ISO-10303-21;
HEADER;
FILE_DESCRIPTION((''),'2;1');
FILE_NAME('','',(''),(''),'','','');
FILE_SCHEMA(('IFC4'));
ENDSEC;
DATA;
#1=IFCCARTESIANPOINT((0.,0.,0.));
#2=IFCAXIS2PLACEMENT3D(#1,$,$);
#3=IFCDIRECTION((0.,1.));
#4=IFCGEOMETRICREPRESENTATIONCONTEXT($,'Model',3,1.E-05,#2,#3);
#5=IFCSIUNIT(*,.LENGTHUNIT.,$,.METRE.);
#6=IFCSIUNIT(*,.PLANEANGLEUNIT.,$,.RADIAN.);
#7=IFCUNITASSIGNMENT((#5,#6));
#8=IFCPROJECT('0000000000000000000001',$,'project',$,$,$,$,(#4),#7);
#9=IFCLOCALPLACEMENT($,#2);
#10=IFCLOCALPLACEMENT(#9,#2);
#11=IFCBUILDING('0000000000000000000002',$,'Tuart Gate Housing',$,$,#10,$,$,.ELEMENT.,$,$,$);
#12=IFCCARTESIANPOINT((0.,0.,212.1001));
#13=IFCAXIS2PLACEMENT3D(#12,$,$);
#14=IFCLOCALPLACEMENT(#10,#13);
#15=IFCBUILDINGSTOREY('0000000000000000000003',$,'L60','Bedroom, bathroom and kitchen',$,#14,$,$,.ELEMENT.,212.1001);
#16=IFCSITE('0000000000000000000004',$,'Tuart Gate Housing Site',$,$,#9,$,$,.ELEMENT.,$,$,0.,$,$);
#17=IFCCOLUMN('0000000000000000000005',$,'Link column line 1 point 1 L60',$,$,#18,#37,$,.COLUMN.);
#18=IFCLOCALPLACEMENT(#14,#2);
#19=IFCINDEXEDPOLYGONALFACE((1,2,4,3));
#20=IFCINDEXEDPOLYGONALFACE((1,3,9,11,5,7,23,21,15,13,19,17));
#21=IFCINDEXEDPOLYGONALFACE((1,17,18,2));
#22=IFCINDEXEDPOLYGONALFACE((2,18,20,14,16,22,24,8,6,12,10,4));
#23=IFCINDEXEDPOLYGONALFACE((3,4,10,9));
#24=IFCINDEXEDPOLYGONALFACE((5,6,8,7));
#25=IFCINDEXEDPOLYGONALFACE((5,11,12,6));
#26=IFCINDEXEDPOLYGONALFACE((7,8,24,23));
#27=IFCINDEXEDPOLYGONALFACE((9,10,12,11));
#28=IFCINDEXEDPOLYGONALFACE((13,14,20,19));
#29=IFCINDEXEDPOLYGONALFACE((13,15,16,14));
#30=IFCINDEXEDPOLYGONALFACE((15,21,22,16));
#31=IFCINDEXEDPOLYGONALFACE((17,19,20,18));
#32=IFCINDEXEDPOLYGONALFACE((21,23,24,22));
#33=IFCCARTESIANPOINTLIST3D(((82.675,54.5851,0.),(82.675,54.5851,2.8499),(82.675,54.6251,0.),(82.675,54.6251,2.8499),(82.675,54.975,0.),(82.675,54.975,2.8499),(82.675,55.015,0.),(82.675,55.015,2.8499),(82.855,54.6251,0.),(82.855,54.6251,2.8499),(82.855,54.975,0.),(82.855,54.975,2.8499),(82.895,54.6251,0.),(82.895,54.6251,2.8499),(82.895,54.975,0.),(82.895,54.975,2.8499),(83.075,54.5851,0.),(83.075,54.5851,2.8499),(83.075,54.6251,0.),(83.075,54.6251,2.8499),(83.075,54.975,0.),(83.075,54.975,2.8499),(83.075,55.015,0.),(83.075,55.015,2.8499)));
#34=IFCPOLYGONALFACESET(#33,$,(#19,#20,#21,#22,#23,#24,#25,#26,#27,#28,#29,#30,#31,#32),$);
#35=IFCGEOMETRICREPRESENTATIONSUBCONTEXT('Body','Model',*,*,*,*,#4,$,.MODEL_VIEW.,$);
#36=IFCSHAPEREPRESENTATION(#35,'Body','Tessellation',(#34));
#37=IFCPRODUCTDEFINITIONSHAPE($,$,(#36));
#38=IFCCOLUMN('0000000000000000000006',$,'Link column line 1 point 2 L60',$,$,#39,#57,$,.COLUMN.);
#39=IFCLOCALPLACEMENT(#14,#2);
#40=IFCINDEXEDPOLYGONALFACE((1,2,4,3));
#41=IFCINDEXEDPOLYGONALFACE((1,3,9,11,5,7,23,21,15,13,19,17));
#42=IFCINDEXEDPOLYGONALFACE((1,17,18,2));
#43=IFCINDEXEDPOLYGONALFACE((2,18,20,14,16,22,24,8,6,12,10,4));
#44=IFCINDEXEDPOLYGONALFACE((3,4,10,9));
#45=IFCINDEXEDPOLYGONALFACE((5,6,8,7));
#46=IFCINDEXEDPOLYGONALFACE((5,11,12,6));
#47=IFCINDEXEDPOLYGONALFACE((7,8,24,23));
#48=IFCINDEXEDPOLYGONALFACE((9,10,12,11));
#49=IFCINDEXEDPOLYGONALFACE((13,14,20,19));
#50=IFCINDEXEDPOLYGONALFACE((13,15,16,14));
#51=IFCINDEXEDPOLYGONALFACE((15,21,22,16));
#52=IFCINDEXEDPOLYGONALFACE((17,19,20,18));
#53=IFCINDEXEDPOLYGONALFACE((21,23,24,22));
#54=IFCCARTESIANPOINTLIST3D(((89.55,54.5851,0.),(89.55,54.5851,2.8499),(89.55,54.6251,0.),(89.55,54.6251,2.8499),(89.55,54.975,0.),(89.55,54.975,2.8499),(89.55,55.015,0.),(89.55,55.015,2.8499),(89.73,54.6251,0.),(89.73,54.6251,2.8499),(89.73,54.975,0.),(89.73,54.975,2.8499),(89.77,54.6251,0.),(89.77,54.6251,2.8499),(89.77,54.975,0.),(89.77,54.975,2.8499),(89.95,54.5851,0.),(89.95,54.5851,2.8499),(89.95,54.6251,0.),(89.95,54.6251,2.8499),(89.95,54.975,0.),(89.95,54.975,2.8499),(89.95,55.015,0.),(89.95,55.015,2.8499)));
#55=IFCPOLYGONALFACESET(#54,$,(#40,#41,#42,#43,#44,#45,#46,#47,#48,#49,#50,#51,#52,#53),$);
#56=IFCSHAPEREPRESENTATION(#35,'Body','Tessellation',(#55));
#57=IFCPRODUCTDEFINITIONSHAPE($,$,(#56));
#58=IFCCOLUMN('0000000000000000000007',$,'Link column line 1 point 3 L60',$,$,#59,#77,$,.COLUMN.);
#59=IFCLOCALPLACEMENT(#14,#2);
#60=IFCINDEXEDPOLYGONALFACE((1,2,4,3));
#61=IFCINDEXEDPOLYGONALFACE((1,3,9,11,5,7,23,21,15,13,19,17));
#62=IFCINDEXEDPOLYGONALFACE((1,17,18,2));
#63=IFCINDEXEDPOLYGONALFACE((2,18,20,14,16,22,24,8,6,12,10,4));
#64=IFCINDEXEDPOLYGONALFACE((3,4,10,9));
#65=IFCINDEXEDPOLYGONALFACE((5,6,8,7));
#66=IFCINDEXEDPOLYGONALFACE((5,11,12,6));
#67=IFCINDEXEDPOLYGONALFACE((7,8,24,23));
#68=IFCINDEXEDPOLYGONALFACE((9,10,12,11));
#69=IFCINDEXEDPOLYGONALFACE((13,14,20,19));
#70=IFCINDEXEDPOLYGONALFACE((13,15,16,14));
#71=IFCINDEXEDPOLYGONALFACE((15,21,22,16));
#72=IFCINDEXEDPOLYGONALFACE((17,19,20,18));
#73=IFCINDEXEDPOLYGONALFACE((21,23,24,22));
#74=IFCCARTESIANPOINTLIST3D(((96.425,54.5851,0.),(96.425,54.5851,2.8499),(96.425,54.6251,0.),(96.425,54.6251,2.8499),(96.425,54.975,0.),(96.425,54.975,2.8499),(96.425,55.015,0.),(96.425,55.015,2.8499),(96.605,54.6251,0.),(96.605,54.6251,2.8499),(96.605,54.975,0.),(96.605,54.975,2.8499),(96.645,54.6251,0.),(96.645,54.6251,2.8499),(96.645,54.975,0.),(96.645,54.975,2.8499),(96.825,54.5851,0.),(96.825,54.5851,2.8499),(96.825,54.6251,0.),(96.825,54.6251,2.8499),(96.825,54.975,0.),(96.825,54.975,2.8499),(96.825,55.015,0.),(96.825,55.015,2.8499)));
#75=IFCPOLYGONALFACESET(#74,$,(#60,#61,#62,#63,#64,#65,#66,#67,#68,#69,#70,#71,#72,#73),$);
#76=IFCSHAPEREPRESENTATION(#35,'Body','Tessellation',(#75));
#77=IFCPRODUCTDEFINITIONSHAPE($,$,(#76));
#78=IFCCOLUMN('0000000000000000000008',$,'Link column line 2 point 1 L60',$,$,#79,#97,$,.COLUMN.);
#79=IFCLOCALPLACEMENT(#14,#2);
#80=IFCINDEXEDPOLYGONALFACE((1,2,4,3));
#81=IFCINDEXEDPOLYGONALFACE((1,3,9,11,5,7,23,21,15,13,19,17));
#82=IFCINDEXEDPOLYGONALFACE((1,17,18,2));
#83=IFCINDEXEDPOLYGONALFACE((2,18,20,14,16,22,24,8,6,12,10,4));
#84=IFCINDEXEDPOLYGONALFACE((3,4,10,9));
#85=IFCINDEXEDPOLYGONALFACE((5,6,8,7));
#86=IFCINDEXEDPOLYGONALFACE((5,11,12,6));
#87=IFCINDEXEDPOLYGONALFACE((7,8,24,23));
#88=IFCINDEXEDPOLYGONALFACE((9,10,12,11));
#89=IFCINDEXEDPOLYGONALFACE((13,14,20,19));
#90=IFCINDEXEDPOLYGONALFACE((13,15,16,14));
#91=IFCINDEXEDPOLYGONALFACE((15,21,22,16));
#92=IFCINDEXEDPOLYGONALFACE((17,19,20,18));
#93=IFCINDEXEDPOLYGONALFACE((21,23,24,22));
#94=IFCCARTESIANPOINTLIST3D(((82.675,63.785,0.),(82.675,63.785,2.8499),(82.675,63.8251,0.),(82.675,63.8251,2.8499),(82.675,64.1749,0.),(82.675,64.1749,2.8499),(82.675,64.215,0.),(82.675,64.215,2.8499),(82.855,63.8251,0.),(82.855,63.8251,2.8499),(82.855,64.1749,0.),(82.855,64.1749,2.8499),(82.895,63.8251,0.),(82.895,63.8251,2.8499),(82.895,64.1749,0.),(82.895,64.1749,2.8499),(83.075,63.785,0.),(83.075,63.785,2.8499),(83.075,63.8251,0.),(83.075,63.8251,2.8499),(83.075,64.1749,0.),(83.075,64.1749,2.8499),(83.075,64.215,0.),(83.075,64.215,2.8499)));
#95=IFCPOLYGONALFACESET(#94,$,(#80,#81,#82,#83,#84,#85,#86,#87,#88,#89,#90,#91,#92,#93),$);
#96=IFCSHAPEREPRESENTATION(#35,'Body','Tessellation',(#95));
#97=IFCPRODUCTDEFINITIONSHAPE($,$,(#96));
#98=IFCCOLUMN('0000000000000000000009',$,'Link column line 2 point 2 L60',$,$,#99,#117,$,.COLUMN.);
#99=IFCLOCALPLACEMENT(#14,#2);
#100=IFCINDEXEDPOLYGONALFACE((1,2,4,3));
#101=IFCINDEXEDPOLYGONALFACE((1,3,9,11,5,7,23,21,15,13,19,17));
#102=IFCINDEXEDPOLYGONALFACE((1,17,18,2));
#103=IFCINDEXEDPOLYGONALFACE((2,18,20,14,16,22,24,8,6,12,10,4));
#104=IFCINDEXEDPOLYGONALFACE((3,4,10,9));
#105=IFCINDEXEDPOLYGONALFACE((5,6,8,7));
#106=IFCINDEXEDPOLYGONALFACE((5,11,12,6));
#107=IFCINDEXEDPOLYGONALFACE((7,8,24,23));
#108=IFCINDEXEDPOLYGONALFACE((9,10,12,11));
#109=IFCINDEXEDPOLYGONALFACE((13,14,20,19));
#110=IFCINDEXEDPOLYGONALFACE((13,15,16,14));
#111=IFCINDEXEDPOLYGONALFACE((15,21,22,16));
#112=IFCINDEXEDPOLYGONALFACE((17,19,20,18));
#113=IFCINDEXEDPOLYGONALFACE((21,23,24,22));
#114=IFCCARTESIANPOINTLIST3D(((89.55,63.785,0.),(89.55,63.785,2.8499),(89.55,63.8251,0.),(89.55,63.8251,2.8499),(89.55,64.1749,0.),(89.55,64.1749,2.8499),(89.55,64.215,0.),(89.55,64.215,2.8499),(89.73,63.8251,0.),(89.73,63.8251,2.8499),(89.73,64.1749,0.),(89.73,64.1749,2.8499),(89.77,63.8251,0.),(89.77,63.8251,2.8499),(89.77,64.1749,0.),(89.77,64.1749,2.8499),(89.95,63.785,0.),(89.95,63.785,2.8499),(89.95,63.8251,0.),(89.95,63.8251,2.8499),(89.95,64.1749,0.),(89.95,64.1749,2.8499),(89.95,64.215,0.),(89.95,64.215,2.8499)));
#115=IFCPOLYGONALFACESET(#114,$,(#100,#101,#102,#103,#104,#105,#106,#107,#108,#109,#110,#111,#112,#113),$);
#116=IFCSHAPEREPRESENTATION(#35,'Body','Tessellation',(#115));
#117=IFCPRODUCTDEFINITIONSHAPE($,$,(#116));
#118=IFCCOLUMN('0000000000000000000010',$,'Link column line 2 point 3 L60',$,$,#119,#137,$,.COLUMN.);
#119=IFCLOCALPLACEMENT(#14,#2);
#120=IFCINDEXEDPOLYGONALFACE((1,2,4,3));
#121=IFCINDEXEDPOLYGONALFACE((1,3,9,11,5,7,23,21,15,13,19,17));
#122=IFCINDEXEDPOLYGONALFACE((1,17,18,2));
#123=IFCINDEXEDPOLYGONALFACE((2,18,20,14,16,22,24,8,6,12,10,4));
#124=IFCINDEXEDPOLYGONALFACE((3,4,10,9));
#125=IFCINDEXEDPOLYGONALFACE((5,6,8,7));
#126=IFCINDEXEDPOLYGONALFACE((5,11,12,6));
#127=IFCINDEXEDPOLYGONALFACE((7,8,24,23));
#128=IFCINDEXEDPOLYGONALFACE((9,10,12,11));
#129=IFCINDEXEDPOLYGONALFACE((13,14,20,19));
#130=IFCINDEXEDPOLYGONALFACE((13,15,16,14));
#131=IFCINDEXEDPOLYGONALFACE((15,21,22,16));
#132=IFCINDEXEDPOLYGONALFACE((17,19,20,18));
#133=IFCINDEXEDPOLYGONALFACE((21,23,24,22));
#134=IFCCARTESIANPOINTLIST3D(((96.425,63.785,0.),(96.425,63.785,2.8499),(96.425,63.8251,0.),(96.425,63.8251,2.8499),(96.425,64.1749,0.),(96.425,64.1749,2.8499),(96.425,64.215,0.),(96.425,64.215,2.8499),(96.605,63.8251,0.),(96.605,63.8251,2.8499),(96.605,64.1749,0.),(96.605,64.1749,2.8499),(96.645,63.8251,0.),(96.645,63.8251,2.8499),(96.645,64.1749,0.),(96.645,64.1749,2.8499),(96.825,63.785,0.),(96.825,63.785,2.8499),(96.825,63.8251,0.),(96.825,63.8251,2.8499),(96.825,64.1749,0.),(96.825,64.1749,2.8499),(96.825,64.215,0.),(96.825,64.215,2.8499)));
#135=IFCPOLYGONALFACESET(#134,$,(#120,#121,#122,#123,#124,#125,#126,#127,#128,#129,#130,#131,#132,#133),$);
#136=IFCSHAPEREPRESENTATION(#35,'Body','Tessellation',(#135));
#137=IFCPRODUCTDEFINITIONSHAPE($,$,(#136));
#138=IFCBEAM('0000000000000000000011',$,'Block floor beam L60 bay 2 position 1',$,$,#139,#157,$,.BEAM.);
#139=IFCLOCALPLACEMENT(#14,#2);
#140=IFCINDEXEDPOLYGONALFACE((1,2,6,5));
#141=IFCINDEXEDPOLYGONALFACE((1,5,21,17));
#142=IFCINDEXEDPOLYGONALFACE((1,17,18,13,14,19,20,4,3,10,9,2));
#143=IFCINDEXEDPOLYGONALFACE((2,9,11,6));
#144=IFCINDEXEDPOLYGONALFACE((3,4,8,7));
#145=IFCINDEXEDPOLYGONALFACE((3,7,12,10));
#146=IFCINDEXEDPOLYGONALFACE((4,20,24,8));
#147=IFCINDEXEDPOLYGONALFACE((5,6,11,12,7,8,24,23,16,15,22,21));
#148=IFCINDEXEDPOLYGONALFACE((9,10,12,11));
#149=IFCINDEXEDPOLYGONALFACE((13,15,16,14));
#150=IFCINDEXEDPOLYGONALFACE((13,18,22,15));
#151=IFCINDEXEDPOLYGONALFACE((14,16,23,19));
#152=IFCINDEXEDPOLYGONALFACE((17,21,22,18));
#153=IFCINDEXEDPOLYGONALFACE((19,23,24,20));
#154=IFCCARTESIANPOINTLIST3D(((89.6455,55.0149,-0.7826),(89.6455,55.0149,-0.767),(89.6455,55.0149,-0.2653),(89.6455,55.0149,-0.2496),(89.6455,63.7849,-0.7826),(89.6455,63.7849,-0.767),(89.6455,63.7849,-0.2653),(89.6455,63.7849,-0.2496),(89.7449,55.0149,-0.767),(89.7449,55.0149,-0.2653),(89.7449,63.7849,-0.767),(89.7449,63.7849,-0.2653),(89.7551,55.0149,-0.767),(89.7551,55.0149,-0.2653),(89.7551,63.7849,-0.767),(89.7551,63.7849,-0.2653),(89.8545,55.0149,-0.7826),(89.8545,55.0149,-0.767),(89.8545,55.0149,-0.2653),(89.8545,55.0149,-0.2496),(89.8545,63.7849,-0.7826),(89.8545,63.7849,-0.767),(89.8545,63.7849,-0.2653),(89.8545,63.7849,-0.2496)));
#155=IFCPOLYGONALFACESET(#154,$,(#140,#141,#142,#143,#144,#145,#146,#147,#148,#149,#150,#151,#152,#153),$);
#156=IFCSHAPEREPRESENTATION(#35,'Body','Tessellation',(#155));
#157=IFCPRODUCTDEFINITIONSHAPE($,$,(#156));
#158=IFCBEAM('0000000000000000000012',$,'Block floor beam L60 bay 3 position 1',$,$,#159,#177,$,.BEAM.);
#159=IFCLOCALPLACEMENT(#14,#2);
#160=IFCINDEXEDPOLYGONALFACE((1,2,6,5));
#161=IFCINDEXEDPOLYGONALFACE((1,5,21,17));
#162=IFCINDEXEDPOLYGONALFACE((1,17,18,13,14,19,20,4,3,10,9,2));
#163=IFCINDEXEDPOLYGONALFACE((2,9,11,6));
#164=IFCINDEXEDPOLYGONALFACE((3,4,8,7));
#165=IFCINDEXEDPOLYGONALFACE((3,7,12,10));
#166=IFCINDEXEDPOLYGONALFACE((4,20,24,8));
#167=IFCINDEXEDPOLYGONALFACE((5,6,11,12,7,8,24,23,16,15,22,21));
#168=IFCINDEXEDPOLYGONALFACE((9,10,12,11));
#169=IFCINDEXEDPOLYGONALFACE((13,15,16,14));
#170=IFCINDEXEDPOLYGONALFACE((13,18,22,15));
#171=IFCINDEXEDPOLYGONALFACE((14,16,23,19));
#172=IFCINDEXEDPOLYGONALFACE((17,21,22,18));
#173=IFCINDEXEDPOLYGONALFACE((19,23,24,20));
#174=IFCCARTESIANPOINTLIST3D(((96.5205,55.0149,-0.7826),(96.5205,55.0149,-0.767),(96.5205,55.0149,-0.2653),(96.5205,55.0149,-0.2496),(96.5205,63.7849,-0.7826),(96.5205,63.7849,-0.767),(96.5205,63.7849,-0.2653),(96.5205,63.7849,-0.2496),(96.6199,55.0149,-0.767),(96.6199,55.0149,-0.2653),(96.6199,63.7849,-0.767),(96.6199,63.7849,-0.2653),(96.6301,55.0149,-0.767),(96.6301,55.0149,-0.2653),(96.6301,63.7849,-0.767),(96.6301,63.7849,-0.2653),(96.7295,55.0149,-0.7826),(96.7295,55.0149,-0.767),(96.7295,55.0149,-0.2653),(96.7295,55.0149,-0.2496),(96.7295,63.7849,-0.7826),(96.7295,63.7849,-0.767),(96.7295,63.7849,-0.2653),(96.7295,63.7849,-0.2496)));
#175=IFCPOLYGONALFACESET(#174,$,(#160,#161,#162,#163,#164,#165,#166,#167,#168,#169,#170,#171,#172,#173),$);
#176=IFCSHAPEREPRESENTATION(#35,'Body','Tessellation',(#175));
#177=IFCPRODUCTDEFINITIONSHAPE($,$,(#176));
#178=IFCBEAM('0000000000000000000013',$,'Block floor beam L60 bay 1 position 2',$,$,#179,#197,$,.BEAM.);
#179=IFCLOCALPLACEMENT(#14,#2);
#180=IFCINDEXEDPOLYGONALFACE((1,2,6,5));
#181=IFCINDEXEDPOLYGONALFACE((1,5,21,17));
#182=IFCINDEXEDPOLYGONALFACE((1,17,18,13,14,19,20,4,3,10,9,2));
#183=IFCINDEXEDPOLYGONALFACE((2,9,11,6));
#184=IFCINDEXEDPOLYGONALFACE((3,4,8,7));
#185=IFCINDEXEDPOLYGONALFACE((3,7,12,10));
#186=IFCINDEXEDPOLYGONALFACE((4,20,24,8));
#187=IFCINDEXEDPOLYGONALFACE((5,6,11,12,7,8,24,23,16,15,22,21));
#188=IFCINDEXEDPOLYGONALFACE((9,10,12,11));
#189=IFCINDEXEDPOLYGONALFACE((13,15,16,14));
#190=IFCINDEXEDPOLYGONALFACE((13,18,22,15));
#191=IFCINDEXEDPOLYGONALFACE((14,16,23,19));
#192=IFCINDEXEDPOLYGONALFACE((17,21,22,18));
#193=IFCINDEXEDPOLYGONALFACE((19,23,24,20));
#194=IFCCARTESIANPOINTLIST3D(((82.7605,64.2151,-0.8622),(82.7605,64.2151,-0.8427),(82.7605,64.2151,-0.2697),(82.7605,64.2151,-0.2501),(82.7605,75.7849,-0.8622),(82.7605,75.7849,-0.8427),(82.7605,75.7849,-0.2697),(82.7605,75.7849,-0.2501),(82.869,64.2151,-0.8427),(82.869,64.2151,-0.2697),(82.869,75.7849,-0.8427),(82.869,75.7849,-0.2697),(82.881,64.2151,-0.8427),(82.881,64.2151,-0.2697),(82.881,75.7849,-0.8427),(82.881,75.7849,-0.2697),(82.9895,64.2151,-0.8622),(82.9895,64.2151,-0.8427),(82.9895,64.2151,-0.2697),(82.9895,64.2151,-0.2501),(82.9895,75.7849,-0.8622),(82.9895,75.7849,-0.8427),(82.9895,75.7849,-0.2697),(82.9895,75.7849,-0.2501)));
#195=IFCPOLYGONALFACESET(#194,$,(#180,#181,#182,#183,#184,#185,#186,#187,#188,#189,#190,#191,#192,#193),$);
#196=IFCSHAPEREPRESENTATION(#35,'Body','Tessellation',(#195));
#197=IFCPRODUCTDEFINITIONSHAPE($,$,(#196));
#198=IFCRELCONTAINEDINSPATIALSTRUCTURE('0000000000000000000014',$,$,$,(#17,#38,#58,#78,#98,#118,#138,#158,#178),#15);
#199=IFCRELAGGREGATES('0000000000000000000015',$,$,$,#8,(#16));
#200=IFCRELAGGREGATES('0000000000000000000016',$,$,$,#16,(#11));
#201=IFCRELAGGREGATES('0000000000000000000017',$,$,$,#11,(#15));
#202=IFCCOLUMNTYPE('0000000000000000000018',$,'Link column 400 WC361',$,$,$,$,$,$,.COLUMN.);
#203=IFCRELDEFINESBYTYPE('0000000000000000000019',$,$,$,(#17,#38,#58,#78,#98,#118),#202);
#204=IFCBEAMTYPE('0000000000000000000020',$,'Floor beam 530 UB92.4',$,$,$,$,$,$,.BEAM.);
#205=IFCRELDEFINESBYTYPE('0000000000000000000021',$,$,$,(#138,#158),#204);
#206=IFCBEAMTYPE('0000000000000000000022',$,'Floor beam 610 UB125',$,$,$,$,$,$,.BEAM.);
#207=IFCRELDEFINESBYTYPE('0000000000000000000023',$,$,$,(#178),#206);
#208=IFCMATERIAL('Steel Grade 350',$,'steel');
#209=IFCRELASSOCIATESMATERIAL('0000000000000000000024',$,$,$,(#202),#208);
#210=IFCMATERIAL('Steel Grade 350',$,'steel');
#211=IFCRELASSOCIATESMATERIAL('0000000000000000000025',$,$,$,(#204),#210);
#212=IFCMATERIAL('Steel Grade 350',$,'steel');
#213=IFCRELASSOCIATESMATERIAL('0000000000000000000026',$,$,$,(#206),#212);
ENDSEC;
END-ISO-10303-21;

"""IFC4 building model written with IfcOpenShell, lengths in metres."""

from ifc_helpers import new_model, si_unit, direction, frame, origin, origin_2d, place, context, subcontext, project, spatial, i_section, extrude, material, material_profile, profile_set, type_object, element, save


model = new_model("IFC4")

# Units and contexts
model_context = context("Model", 3, precision=1e-05, world=origin(), true_north=direction((0.0, 1.0)))
body_context = subcontext(model_context, "Body", "Model", "MODEL_VIEW")
ifc_project = project(units=[si_unit("LENGTHUNIT", "METRE"), si_unit("PLANEANGLEUNIT", "RADIAN")], contexts=[model_context])

# Site, building, storey
site_placement = place(None, origin())
site = spatial("IfcSite", under=ifc_project, at=site_placement, Name="Tuart Gate Housing Site", CompositionType="ELEMENT", RefElevation=0.0)
building_placement = place(site_placement, origin())
building = spatial("IfcBuilding", under=site, at=building_placement, Name="Tuart Gate Housing", CompositionType="ELEMENT")
storey_placement = place(building_placement, frame((0.0, 0.0, 212.1001)))
storey = spatial("IfcBuildingStorey", under=building, at=storey_placement, Name="L60", Description="Bedroom, bathroom and kitchen", CompositionType="ELEMENT", Elevation=212.1001)

# Columns
ifc_material_1 = material(Name="Steel Grade 350", Category="steel")
ifc_material_profile_1 = material_profile(ifc_material_1, i_section(OverallWidth=0.3999, OverallDepth=0.4299, WebThickness=0.04, FlangeThickness=0.04, at=origin_2d()), Name="400WC361")
ifc_profile_set_1 = profile_set([ifc_material_profile_1], Name="Steel Grade 350")
column_type = type_object("IfcColumnType", Name="Link column 400 WC361", PredefinedType="COLUMN", material=ifc_profile_set_1)
for number, where, z_axis, x_axis, name in (
    (1, (82.875, 54.8, 0.0), (0.0, 0.0, 1.0), (1.0, 0.0, 0.0), "Link column line 1 point 1 L60"),
    (2, (89.75, 54.8, 0.0), (0.0, 0.0, 1.0), (1.0, 0.0, 0.0), "Link column line 1 point 2 L60"),
    (3, (96.625, 54.8, 0.0), (0.0, 0.0, 1.0), (1.0, 0.0, 0.0), "Link column line 1 point 3 L60"),
    (4, (82.875, 64.0, 0.0), (0.0, 0.0, 1.0), (1.0, 0.0, 0.0), "Link column line 2 point 1 L60"),
    (5, (89.75, 64.0, 0.0), (0.0, 0.0, 1.0), (1.0, 0.0, 0.0), "Link column line 2 point 2 L60"),
    (6, (96.625, 64.0, 0.0), (0.0, 0.0, 1.0), (1.0, 0.0, 0.0), "Link column line 2 point 3 L60"),
):
    element("IfcColumn", number, at=place(storey_placement, frame(where, z_axis=z_axis, x_axis=x_axis)), inside=storey, type_object=column_type, Name=name, PredefinedType="COLUMN", context=body_context, shape_type="SweptSolid", body=[
        extrude(i_section(OverallWidth=0.3999, OverallDepth=0.4299, WebThickness=0.04, FlangeThickness=0.04, at=origin_2d()), origin(), (0.0, 0.0, 1.0), 2.8499),
    ])

# Beams
ifc_material_2 = material(Name="Steel Grade 350", Category="steel")
ifc_material_profile_2 = material_profile(ifc_material_2, i_section(OverallWidth=0.209, OverallDepth=0.533, WebThickness=0.0103, FlangeThickness=0.0156, at=origin_2d()), Name="530UB92.4")
ifc_profile_set_2 = profile_set([ifc_material_profile_2], Name="Steel Grade 350")
beam_type_1 = type_object("IfcBeamType", Name="Floor beam 530 UB92.4", PredefinedType="BEAM", material=ifc_profile_set_2)
for number, where, z_axis, x_axis, name in (
    (7, (89.75, 55.0149, -0.5161), (0.0, 1.0, 0.0), (-1.0, 0.0, 0.0), "Block floor beam L60 bay 2 position 1"),
    (8, (96.625, 55.0149, -0.5161), (0.0, 1.0, 0.0), (-1.0, 0.0, 0.0), "Block floor beam L60 bay 3 position 1"),
):
    element("IfcBeam", number, at=place(storey_placement, frame(where, z_axis=z_axis, x_axis=x_axis)), inside=storey, type_object=beam_type_1, Name=name, PredefinedType="BEAM", context=body_context, shape_type="SweptSolid", body=[
        extrude(i_section(OverallWidth=0.209, OverallDepth=0.533, WebThickness=0.0103, FlangeThickness=0.0156, at=origin_2d()), origin(), (0.0, 0.0, 1.0), 8.77),
    ])
ifc_material_3 = material(Name="Steel Grade 350", Category="steel")
ifc_material_profile_3 = material_profile(ifc_material_3, i_section(OverallWidth=0.229, OverallDepth=0.6121, WebThickness=0.012, FlangeThickness=0.0195, at=origin_2d()), Name="610UB125")
ifc_profile_set_3 = profile_set([ifc_material_profile_3], Name="Steel Grade 350")
beam_type_2 = type_object("IfcBeamType", Name="Floor beam 610 UB125", PredefinedType="BEAM", material=ifc_profile_set_3)
for number, where, z_axis, x_axis, name in (
    (9, (82.875, 64.2151, -0.5562), (0.0, 1.0, 0.0), (-1.0, 0.0, 0.0), "Block floor beam L60 bay 1 position 2"),
):
    element("IfcBeam", number, at=place(storey_placement, frame(where, z_axis=z_axis, x_axis=x_axis)), inside=storey, type_object=beam_type_2, Name=name, PredefinedType="BEAM", context=body_context, shape_type="SweptSolid", body=[
        extrude(i_section(OverallWidth=0.229, OverallDepth=0.6121, WebThickness=0.012, FlangeThickness=0.0195, at=origin_2d()), origin(), (0.0, 0.0, 1.0), 11.5698),
    ])

save(model, "model.ifc")
